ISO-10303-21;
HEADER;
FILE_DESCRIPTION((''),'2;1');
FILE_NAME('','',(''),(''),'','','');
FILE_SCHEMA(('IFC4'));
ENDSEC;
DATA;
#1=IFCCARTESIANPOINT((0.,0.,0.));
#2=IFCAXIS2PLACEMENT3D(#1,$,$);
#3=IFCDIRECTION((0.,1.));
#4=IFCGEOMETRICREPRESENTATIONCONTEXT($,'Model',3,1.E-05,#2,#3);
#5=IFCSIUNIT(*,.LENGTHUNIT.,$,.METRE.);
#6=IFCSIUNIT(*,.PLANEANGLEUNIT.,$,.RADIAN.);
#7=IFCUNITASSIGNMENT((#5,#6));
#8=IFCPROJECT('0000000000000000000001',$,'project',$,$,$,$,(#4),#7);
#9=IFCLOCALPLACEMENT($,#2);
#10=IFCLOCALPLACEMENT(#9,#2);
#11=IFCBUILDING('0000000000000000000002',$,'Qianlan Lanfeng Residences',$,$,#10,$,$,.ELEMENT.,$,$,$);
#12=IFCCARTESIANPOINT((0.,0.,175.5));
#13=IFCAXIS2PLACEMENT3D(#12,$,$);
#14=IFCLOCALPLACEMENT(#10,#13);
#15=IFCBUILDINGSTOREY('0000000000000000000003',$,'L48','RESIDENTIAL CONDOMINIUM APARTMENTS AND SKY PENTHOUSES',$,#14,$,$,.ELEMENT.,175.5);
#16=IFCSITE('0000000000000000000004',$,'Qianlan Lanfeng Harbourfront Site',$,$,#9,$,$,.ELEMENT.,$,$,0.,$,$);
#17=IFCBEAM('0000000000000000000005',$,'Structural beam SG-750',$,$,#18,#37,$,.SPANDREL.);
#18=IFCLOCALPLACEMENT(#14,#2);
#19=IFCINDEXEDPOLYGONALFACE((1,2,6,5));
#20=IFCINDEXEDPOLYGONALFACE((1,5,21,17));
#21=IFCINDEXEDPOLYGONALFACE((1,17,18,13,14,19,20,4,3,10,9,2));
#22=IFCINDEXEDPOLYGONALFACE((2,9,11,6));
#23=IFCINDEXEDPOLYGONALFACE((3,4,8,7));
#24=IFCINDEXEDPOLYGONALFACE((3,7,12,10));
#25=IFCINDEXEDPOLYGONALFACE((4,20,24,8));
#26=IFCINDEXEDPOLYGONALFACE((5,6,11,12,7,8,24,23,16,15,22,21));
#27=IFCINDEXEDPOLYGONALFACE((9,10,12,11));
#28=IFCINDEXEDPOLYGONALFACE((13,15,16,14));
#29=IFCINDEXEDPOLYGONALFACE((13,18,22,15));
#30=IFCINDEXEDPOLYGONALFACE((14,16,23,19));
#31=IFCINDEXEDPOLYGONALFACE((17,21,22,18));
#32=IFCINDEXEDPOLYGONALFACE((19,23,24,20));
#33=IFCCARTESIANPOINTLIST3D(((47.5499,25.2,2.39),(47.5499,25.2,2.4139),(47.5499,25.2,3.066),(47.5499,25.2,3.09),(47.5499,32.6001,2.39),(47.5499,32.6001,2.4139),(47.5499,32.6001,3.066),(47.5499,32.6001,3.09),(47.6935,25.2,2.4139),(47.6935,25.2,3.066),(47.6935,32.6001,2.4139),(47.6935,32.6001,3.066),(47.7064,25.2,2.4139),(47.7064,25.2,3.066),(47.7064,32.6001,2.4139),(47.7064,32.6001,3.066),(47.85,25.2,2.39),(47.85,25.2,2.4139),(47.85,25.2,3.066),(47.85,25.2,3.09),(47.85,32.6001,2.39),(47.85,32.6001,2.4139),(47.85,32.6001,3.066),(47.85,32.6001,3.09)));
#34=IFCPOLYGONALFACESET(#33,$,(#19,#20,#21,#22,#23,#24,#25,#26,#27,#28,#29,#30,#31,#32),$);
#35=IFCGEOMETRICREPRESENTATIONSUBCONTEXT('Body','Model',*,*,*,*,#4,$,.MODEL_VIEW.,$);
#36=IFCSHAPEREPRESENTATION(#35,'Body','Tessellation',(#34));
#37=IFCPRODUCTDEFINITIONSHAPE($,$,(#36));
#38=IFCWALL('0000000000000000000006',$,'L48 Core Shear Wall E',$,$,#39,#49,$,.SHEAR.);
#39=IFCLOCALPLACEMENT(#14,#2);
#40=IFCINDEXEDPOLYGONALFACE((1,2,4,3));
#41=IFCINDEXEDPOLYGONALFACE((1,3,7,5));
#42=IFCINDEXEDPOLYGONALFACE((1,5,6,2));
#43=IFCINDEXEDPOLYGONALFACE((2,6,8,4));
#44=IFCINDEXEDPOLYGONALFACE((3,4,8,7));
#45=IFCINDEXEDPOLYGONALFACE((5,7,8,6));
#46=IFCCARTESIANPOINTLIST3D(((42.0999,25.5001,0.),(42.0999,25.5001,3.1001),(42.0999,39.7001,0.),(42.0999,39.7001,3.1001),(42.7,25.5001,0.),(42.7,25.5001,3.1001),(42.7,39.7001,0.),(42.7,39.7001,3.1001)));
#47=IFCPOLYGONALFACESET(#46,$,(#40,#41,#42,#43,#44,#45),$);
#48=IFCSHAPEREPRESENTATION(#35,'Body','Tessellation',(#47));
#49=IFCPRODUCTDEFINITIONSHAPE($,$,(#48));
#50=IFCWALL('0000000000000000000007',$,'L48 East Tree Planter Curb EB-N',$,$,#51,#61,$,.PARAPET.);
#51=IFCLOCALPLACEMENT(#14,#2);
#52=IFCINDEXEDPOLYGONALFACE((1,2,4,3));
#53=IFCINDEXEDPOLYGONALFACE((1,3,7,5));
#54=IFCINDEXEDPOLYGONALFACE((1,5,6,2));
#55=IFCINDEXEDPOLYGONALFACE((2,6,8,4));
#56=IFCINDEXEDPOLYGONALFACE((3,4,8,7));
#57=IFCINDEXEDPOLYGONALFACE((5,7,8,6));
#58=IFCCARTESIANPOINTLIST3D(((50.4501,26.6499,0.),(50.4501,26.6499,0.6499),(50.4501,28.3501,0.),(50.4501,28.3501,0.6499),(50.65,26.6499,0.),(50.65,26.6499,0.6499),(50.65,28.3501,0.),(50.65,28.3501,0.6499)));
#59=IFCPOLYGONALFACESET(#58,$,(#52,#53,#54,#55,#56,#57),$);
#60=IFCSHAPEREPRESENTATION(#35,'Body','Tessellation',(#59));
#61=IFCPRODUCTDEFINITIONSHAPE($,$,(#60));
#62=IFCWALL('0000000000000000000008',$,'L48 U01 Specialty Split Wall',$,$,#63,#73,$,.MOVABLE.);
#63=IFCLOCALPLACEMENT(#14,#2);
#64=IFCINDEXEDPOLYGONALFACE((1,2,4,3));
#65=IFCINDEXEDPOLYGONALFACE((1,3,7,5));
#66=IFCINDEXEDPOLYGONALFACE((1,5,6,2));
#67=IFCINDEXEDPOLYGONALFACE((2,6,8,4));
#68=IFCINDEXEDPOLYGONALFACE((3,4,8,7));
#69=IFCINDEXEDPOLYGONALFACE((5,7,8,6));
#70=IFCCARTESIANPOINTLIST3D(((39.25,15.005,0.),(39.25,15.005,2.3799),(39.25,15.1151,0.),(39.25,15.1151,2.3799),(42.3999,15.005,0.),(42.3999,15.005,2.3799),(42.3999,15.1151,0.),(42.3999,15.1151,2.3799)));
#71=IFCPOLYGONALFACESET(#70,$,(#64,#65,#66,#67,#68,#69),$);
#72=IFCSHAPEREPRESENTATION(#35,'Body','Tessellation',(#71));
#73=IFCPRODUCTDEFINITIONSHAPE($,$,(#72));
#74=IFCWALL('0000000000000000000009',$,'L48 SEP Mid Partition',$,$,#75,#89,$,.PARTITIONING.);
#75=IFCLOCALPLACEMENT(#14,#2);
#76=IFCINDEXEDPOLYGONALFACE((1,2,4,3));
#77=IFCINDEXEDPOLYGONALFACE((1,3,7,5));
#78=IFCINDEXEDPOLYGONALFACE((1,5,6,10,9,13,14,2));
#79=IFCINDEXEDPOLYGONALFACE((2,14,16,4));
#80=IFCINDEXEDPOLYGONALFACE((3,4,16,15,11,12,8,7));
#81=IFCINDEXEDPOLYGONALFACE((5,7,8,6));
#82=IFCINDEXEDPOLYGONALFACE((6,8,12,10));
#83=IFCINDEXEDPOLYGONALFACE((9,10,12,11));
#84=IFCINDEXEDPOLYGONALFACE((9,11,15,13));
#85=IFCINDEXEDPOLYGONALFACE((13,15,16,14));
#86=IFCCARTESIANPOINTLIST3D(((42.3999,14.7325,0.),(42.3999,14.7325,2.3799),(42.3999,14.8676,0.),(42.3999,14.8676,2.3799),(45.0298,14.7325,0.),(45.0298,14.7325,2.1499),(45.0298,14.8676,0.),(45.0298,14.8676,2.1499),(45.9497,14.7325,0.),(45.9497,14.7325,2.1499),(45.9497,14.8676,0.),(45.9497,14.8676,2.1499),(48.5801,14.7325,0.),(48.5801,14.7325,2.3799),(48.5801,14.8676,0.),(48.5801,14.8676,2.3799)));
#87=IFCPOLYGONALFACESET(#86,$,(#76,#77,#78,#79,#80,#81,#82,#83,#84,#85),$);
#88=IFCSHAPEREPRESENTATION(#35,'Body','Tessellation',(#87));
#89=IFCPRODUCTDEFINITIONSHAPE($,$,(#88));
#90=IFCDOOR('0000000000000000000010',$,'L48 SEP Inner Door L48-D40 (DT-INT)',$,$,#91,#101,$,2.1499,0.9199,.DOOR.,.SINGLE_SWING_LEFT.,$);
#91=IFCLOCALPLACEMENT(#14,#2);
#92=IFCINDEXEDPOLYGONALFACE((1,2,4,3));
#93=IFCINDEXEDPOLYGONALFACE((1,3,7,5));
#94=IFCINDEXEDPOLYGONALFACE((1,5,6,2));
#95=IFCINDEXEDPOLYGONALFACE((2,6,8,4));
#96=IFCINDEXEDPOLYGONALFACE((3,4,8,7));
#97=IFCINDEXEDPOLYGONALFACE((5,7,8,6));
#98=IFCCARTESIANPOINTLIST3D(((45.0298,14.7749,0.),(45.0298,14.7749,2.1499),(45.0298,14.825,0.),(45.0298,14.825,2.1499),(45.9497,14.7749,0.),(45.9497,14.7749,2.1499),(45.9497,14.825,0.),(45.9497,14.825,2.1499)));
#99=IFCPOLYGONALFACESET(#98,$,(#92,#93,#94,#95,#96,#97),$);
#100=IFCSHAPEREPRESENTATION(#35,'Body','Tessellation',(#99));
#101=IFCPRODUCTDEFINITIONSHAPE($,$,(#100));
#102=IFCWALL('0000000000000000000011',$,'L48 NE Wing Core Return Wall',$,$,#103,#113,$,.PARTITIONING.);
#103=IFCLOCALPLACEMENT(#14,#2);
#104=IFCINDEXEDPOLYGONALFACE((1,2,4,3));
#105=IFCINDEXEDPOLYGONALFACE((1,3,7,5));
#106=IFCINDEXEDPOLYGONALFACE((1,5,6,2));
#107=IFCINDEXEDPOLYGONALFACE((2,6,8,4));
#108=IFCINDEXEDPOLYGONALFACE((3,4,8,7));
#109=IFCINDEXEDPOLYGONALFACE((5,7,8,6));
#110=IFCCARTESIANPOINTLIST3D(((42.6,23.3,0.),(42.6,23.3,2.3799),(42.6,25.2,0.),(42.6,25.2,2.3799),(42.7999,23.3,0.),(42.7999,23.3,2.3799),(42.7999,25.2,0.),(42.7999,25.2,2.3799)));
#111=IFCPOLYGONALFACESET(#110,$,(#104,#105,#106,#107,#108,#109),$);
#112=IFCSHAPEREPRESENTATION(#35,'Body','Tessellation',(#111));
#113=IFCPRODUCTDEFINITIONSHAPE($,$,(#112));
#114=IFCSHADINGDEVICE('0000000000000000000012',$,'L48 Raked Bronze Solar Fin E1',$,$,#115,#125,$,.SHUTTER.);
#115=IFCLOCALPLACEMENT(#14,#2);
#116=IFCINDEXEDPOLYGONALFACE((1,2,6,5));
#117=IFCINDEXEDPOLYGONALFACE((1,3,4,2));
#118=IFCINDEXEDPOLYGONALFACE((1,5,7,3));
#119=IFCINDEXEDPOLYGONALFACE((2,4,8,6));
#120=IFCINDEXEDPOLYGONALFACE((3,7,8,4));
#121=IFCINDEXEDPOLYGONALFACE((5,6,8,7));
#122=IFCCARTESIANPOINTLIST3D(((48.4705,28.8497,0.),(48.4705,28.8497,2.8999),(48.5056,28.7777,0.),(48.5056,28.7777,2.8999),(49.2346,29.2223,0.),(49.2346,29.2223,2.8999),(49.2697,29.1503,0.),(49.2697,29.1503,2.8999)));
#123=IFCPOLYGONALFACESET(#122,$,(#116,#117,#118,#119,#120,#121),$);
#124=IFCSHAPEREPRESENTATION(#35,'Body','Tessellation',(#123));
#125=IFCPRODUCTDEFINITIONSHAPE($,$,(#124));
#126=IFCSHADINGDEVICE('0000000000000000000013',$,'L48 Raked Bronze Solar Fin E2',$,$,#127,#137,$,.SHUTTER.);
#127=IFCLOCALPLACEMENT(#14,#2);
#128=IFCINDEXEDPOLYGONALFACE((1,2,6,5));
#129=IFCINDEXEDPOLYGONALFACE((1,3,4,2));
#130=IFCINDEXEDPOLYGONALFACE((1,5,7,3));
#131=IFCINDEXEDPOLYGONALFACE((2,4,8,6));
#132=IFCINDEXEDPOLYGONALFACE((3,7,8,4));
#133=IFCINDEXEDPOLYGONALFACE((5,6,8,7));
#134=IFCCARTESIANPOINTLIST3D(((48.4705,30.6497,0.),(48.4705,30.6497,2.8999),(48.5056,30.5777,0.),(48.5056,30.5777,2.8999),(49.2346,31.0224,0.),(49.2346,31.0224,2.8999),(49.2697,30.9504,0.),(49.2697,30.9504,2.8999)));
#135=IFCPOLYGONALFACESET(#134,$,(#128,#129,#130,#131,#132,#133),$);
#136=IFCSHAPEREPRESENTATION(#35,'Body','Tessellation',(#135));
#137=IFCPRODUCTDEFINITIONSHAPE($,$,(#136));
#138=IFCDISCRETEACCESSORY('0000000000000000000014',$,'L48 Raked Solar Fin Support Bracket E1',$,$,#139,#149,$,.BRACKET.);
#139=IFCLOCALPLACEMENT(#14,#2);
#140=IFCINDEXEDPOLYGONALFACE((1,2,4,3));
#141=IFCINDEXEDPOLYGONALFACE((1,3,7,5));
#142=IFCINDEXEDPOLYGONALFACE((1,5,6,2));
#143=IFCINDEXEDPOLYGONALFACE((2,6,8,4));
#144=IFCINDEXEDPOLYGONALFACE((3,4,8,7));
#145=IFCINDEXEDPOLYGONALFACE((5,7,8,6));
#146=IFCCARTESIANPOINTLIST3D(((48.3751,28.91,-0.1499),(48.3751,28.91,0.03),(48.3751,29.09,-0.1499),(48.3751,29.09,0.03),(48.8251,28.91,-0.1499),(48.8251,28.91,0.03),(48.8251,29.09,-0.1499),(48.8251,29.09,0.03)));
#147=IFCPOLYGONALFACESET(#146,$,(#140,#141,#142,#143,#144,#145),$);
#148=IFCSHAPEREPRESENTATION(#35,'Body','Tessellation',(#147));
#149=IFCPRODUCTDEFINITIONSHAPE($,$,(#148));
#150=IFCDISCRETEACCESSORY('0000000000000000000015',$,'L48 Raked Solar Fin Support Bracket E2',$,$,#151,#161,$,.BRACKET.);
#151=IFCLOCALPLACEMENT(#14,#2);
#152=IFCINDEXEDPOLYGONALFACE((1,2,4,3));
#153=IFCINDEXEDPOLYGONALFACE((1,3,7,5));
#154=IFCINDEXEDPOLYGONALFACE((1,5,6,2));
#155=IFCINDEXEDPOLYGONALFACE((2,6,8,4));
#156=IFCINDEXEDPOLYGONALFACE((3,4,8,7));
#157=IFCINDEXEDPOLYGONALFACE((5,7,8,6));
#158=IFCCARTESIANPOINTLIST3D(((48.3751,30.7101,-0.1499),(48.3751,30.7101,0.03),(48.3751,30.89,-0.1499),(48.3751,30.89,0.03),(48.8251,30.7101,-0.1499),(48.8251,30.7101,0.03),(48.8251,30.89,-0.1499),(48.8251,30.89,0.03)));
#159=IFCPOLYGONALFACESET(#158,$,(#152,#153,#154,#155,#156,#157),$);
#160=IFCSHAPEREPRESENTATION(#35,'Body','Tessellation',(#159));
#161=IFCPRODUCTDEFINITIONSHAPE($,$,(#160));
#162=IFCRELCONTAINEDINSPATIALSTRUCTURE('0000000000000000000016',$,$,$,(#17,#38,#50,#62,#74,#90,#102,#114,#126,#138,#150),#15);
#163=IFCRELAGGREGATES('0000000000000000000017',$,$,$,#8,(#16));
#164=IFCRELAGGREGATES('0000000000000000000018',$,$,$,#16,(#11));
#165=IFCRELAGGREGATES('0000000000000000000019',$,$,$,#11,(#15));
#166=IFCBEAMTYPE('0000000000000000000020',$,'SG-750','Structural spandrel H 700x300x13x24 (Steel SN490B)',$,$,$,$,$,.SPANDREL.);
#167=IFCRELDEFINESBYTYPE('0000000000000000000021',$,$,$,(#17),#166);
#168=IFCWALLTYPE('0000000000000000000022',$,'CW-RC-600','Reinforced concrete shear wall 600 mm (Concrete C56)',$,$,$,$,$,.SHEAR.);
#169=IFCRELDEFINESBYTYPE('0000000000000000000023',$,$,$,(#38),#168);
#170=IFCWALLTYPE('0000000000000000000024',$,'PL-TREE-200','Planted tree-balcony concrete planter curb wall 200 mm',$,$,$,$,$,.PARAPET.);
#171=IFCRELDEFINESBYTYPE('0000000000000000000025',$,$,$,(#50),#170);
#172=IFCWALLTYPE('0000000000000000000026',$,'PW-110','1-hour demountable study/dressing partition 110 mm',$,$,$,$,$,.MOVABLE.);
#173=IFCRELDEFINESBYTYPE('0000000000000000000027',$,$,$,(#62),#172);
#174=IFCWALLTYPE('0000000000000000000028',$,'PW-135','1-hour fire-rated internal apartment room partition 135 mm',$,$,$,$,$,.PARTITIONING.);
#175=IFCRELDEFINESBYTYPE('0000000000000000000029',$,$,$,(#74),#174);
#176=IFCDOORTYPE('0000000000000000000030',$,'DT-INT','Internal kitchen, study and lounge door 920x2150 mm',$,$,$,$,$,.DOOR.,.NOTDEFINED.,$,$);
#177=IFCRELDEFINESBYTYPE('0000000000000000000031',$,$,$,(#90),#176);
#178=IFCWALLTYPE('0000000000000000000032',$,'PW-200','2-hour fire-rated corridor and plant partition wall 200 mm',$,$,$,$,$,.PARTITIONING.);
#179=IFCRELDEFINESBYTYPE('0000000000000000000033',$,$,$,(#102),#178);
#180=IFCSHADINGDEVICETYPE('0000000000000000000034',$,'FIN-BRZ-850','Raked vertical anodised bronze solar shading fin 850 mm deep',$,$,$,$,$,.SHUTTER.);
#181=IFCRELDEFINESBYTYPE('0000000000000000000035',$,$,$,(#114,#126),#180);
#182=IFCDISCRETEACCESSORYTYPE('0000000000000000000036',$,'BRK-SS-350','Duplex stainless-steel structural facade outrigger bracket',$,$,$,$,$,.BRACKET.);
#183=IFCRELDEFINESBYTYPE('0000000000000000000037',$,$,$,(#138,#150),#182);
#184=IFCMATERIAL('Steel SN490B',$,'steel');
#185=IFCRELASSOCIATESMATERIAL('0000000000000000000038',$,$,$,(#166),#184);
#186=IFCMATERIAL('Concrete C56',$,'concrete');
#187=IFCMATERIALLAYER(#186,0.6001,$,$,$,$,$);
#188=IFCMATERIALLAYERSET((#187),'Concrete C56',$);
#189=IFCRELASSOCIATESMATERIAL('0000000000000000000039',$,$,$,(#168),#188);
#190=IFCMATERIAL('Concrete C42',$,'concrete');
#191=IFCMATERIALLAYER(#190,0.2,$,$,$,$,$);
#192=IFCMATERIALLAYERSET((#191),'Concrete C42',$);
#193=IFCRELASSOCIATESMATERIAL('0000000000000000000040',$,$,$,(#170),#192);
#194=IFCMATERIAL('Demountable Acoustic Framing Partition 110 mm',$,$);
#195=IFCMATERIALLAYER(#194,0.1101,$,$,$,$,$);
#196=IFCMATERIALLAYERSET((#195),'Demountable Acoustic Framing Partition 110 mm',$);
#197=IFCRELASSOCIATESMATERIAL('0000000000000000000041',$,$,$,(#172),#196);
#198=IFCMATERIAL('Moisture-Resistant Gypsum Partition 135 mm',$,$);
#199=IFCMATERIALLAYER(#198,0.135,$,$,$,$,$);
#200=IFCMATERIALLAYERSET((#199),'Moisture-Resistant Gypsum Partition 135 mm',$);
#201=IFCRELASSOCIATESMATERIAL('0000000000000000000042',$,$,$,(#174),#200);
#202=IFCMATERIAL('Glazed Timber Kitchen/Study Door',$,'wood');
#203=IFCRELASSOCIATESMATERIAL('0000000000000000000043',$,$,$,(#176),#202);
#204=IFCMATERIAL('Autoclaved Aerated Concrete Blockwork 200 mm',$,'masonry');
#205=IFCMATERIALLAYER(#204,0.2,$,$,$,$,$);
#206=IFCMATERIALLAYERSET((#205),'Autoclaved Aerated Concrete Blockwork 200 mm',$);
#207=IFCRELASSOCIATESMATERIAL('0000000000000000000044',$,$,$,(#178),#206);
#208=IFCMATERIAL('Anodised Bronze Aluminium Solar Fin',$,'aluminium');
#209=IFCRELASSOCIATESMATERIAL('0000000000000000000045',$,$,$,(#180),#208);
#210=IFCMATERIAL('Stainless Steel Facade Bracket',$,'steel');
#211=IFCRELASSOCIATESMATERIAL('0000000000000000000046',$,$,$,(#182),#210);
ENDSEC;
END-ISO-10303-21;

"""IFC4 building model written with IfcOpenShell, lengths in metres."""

from ifc_helpers import new_model, si_unit, direction, frame, frame_2d, origin, origin_2d, place, context, subcontext, project, spatial, rectangle, i_section, extrude, source, transform, mapped, material, layer, layer_set, material_profile, profile_set, type_object, element, fill, save


model = new_model("IFC4")

# Units and contexts
model_context = context("Model", 3, precision=1e-05, world=origin(), true_north=direction((0.0, 1.0)))
body_context = subcontext(model_context, "Body", "Model", "MODEL_VIEW")
ifc_project = project(units=[si_unit("LENGTHUNIT", "METRE"), si_unit("PLANEANGLEUNIT", "RADIAN")], contexts=[model_context])

# Site, building, storey
site_placement = place(None, origin())
site = spatial("IfcSite", under=ifc_project, at=site_placement, Name="Qianlan Lanfeng Harbourfront Site", CompositionType="ELEMENT", RefElevation=0.0)
building_placement = place(site_placement, origin())
building = spatial("IfcBuilding", under=site, at=building_placement, Name="Qianlan Lanfeng Residences", CompositionType="ELEMENT")
storey_placement = place(building_placement, frame((0.0, 0.0, 175.5)))
storey = spatial("IfcBuildingStorey", under=building, at=storey_placement, Name="L48", Description="RESIDENTIAL CONDOMINIUM APARTMENTS AND SKY PENTHOUSES", CompositionType="ELEMENT", Elevation=175.5)

# Shared definitions
ifc_material_1 = material(Name="Steel SN490B", Category="steel")

# Beam
ifc_material_profile_1 = material_profile(ifc_material_1, i_section(OverallWidth=0.3, OverallDepth=0.7, WebThickness=0.0129, FlangeThickness=0.0239, at=origin_2d()), Name="H 700x300x13x24")
ifc_profile_set_1 = profile_set([ifc_material_profile_1], Name="Steel SN490B")
beam_type_1 = type_object("IfcBeamType", Name="SG-750", Description="Structural spandrel H 700x300x13x24 (Steel SN490B)", PredefinedType="SPANDREL", material=ifc_profile_set_1)
beam_1_placement = place(storey_placement, frame((47.7, 25.2, 2.74), z_axis=(0.0, 1.0, 0.0), x_axis=(-1.0, 0.0, 0.0)))
element("IfcBeam", 1, at=beam_1_placement, inside=storey, type_object=beam_type_1, Name="Structural beam SG-750", PredefinedType="SPANDREL", context=body_context, shape_type="SweptSolid", body=[
    extrude(i_section(OverallWidth=0.3, OverallDepth=0.7, WebThickness=0.0129, FlangeThickness=0.0239, at=origin_2d()), origin(), (0.0, 0.0, 1.0), 7.4001),
])

# Walls
ifc_material_2 = material(Name="Concrete C56", Category="concrete")
ifc_layer_1 = layer(ifc_material_2, 0.6001)
ifc_layer_set_1 = layer_set([ifc_layer_1], Name="Concrete C56")
wall_type_1 = type_object("IfcWallType", Name="CW-RC-600", Description="Reinforced concrete shear wall 600 mm (Concrete C56)", PredefinedType="SHEAR", material=ifc_layer_set_1)
wall_1_placement = place(storey_placement, frame((42.3999, 25.5, 0.0), z_axis=(0.0, 0.0, 1.0), x_axis=(0.0, 1.0, 0.0)))
element("IfcWall", 2, at=wall_1_placement, inside=storey, type_object=wall_type_1, Name="L48 Core Shear Wall E", PredefinedType="SHEAR", context=body_context, shape_type="SweptSolid", body=[
    extrude(rectangle(XDim=14.2, YDim=0.6001, at=frame_2d((7.1001, 0.0))), origin(), (0.0, 0.0, 1.0), 3.1001),
])
ifc_material_3 = material(Name="Concrete C42", Category="concrete")
ifc_layer_2 = layer(ifc_material_3, 0.2)
ifc_layer_set_2 = layer_set([ifc_layer_2], Name="Concrete C42")
wall_type_2 = type_object("IfcWallType", Name="PL-TREE-200", Description="Planted tree-balcony concrete planter curb wall 200 mm", PredefinedType="PARAPET", material=ifc_layer_set_2)
wall_2_placement = place(storey_placement, frame((50.55, 26.6499, 0.0), z_axis=(0.0, 0.0, 1.0), x_axis=(0.0, 1.0, 0.0)))
element("IfcWall", 3, at=wall_2_placement, inside=storey, type_object=wall_type_2, Name="L48 East Tree Planter Curb EB-N", PredefinedType="PARAPET", context=body_context, shape_type="SweptSolid", body=[
    extrude(rectangle(XDim=1.7002, YDim=0.2, at=frame_2d((0.8501, 0.0))), origin(), (0.0, 0.0, 1.0), 0.6499),
])
ifc_material_4 = material(Name="Demountable Acoustic Framing Partition 110 mm")
ifc_layer_3 = layer(ifc_material_4, 0.1101)
ifc_layer_set_3 = layer_set([ifc_layer_3], Name="Demountable Acoustic Framing Partition 110 mm")
wall_type_3 = type_object("IfcWallType", Name="PW-110", Description="1-hour demountable study/dressing partition 110 mm", PredefinedType="MOVABLE", material=ifc_layer_set_3)
wall_3_placement = place(storey_placement, frame((39.25, 15.0601, 0.0), z_axis=(0.0, 0.0, 1.0), x_axis=(1.0, 0.0, 0.0)))
element("IfcWall", 4, at=wall_3_placement, inside=storey, type_object=wall_type_3, Name="L48 U01 Specialty Split Wall", PredefinedType="MOVABLE", context=body_context, shape_type="SweptSolid", body=[
    extrude(rectangle(XDim=3.1499, YDim=0.1101, at=frame_2d((1.575, 0.0))), origin(), (0.0, 0.0, 1.0), 2.3799),
])

# Wall, opening, door
ifc_material_5 = material(Name="Moisture-Resistant Gypsum Partition 135 mm")
ifc_layer_4 = layer(ifc_material_5, 0.135)
ifc_layer_set_4 = layer_set([ifc_layer_4], Name="Moisture-Resistant Gypsum Partition 135 mm")
wall_type_4 = type_object("IfcWallType", Name="PW-135", Description="1-hour fire-rated internal apartment room partition 135 mm", PredefinedType="PARTITIONING", material=ifc_layer_set_4)
wall_4_placement = place(storey_placement, frame((42.3999, 14.8, 0.0), z_axis=(0.0, 0.0, 1.0), x_axis=(1.0, 0.0, 0.0)))
wall_4 = element("IfcWall", 5, at=wall_4_placement, inside=storey, type_object=wall_type_4, Name="L48 SEP Mid Partition", PredefinedType="PARTITIONING", context=body_context, shape_type="SweptSolid", body=[
    extrude(rectangle(XDim=6.1802, YDim=0.135, at=frame_2d((3.0901, 0.0))), origin(), (0.0, 0.0, 1.0), 2.3799),
])
opening_1_placement = place(wall_4_placement, frame((2.6299, 0.0, 0.0)))
opening_1 = element("IfcOpeningElement", 6, at=opening_1_placement, cuts=wall_4, PredefinedType="OPENING", context=body_context, shape_type="SweptSolid", body=[
    extrude(rectangle(XDim=0.9199, YDim=2.1499, at=frame_2d((0.46, 1.075))), frame((0.0, 0.0776, 0.0), z_axis=(0.0, -1.0, 0.0), x_axis=(1.0, 0.0, 0.0)), (0.0, 0.0, 1.0), 0.155),
])
ifc_material_6 = material(Name="Glazed Timber Kitchen/Study Door", Category="wood")
door_type = type_object("IfcDoorType", Name="DT-INT", Description="Internal kitchen, study and lounge door 920x2150 mm", OperationType="NOTDEFINED", PredefinedType="DOOR", material=ifc_material_6)
door_1_placement = place(opening_1_placement, origin())
door_1 = element("IfcDoor", 7, at=door_1_placement, inside=storey, type_object=door_type, Name="L48 SEP Inner Door L48-D40 (DT-INT)", OperationType="SINGLE_SWING_LEFT", OverallHeight=2.1499, OverallWidth=0.9199, PredefinedType="DOOR", context=body_context, shape_type="SweptSolid", body=[
    extrude(rectangle(XDim=0.9199, YDim=2.1499, at=frame_2d((0.46, 1.075))), frame((0.0, 0.0249, 0.0), z_axis=(0.0, -1.0, 0.0), x_axis=(1.0, 0.0, 0.0)), (0.0, 0.0, 1.0), 0.05),
])
fill(opening_1, door_1)
ifc_material_7 = material(Name="Autoclaved Aerated Concrete Blockwork 200 mm", Category="masonry")
ifc_layer_5 = layer(ifc_material_7, 0.2)
ifc_layer_set_5 = layer_set([ifc_layer_5], Name="Autoclaved Aerated Concrete Blockwork 200 mm")
wall_type_5 = type_object("IfcWallType", Name="PW-200", Description="2-hour fire-rated corridor and plant partition wall 200 mm", PredefinedType="PARTITIONING", material=ifc_layer_set_5)

# Wall
wall_5_placement = place(storey_placement, frame((42.7, 23.3, 0.0), z_axis=(0.0, 0.0, 1.0), x_axis=(0.0, 1.0, 0.0)))
element("IfcWall", 8, at=wall_5_placement, inside=storey, type_object=wall_type_5, Name="L48 NE Wing Core Return Wall", PredefinedType="PARTITIONING", context=body_context, shape_type="SweptSolid", body=[
    extrude(rectangle(XDim=1.8999, YDim=0.2, at=frame_2d((0.95, 0.0))), origin(), (0.0, 0.0, 1.0), 2.3799),
])

# Shading devices
ifc_material_8 = material(Name="Anodised Bronze Aluminium Solar Fin", Category="aluminium")
shading_device_type = type_object("IfcShadingDeviceType", Name="FIN-BRZ-850", Description="Raked vertical anodised bronze solar shading fin 850 mm deep", PredefinedType="SHUTTER", material=ifc_material_8)
shared_shape_1 = source(origin(), body_context, "Body", "SweptSolid", [
    extrude(rectangle(XDim=0.8501, YDim=0.0801, at=origin_2d()), origin(), (0.0, 0.0, 1.0), 2.8999),
])
for number, where, z_axis, x_axis, name in (
    (9, (48.8701, 29.0, 0.0), (0.0, 0.0, 1.0), (0.898794, 0.438371, 0.0), "L48 Raked Bronze Solar Fin E1"),
    (10, (48.8701, 30.8, 0.0), (0.0, 0.0, 1.0), (0.898794, 0.438371, 0.0), "L48 Raked Bronze Solar Fin E2"),
):
    element("IfcShadingDevice", number, at=place(storey_placement, frame(where, z_axis=z_axis, x_axis=x_axis)), inside=storey, type_object=shading_device_type, Name=name, PredefinedType="SHUTTER", context=body_context, shape_type="MappedRepresentation", body=[
        mapped(shared_shape_1, transform((0.0, 0.0, 0.0), scale=1.0)),
    ])

# Discrete accessories
ifc_material_9 = material(Name="Stainless Steel Facade Bracket", Category="steel")
discrete_accessory_type = type_object("IfcDiscreteAccessoryType", Name="BRK-SS-350", Description="Duplex stainless-steel structural facade outrigger bracket", PredefinedType="BRACKET", material=ifc_material_9)
shared_shape_2 = source(origin(), body_context, "Body", "SweptSolid", [
    extrude(rectangle(XDim=0.45, YDim=0.1799, at=origin_2d()), origin(), (0.0, 0.0, 1.0), 0.1799),
])
for number, where, z_axis, x_axis, name in (
    (11, (48.6001, 29.0, -0.1499), (0.0, 0.0, 1.0), (1.0, 0.0, 0.0), "L48 Raked Solar Fin Support Bracket E1"),
    (12, (48.6001, 30.8, -0.1499), (0.0, 0.0, 1.0), (1.0, 0.0, 0.0), "L48 Raked Solar Fin Support Bracket E2"),
):
    element("IfcDiscreteAccessory", number, at=place(storey_placement, frame(where, z_axis=z_axis, x_axis=x_axis)), inside=storey, type_object=discrete_accessory_type, Name=name, PredefinedType="BRACKET", context=body_context, shape_type="MappedRepresentation", body=[
        mapped(shared_shape_2, transform((0.0, 0.0, 0.0), scale=1.0)),
    ])

save(model, "model.ifc")
